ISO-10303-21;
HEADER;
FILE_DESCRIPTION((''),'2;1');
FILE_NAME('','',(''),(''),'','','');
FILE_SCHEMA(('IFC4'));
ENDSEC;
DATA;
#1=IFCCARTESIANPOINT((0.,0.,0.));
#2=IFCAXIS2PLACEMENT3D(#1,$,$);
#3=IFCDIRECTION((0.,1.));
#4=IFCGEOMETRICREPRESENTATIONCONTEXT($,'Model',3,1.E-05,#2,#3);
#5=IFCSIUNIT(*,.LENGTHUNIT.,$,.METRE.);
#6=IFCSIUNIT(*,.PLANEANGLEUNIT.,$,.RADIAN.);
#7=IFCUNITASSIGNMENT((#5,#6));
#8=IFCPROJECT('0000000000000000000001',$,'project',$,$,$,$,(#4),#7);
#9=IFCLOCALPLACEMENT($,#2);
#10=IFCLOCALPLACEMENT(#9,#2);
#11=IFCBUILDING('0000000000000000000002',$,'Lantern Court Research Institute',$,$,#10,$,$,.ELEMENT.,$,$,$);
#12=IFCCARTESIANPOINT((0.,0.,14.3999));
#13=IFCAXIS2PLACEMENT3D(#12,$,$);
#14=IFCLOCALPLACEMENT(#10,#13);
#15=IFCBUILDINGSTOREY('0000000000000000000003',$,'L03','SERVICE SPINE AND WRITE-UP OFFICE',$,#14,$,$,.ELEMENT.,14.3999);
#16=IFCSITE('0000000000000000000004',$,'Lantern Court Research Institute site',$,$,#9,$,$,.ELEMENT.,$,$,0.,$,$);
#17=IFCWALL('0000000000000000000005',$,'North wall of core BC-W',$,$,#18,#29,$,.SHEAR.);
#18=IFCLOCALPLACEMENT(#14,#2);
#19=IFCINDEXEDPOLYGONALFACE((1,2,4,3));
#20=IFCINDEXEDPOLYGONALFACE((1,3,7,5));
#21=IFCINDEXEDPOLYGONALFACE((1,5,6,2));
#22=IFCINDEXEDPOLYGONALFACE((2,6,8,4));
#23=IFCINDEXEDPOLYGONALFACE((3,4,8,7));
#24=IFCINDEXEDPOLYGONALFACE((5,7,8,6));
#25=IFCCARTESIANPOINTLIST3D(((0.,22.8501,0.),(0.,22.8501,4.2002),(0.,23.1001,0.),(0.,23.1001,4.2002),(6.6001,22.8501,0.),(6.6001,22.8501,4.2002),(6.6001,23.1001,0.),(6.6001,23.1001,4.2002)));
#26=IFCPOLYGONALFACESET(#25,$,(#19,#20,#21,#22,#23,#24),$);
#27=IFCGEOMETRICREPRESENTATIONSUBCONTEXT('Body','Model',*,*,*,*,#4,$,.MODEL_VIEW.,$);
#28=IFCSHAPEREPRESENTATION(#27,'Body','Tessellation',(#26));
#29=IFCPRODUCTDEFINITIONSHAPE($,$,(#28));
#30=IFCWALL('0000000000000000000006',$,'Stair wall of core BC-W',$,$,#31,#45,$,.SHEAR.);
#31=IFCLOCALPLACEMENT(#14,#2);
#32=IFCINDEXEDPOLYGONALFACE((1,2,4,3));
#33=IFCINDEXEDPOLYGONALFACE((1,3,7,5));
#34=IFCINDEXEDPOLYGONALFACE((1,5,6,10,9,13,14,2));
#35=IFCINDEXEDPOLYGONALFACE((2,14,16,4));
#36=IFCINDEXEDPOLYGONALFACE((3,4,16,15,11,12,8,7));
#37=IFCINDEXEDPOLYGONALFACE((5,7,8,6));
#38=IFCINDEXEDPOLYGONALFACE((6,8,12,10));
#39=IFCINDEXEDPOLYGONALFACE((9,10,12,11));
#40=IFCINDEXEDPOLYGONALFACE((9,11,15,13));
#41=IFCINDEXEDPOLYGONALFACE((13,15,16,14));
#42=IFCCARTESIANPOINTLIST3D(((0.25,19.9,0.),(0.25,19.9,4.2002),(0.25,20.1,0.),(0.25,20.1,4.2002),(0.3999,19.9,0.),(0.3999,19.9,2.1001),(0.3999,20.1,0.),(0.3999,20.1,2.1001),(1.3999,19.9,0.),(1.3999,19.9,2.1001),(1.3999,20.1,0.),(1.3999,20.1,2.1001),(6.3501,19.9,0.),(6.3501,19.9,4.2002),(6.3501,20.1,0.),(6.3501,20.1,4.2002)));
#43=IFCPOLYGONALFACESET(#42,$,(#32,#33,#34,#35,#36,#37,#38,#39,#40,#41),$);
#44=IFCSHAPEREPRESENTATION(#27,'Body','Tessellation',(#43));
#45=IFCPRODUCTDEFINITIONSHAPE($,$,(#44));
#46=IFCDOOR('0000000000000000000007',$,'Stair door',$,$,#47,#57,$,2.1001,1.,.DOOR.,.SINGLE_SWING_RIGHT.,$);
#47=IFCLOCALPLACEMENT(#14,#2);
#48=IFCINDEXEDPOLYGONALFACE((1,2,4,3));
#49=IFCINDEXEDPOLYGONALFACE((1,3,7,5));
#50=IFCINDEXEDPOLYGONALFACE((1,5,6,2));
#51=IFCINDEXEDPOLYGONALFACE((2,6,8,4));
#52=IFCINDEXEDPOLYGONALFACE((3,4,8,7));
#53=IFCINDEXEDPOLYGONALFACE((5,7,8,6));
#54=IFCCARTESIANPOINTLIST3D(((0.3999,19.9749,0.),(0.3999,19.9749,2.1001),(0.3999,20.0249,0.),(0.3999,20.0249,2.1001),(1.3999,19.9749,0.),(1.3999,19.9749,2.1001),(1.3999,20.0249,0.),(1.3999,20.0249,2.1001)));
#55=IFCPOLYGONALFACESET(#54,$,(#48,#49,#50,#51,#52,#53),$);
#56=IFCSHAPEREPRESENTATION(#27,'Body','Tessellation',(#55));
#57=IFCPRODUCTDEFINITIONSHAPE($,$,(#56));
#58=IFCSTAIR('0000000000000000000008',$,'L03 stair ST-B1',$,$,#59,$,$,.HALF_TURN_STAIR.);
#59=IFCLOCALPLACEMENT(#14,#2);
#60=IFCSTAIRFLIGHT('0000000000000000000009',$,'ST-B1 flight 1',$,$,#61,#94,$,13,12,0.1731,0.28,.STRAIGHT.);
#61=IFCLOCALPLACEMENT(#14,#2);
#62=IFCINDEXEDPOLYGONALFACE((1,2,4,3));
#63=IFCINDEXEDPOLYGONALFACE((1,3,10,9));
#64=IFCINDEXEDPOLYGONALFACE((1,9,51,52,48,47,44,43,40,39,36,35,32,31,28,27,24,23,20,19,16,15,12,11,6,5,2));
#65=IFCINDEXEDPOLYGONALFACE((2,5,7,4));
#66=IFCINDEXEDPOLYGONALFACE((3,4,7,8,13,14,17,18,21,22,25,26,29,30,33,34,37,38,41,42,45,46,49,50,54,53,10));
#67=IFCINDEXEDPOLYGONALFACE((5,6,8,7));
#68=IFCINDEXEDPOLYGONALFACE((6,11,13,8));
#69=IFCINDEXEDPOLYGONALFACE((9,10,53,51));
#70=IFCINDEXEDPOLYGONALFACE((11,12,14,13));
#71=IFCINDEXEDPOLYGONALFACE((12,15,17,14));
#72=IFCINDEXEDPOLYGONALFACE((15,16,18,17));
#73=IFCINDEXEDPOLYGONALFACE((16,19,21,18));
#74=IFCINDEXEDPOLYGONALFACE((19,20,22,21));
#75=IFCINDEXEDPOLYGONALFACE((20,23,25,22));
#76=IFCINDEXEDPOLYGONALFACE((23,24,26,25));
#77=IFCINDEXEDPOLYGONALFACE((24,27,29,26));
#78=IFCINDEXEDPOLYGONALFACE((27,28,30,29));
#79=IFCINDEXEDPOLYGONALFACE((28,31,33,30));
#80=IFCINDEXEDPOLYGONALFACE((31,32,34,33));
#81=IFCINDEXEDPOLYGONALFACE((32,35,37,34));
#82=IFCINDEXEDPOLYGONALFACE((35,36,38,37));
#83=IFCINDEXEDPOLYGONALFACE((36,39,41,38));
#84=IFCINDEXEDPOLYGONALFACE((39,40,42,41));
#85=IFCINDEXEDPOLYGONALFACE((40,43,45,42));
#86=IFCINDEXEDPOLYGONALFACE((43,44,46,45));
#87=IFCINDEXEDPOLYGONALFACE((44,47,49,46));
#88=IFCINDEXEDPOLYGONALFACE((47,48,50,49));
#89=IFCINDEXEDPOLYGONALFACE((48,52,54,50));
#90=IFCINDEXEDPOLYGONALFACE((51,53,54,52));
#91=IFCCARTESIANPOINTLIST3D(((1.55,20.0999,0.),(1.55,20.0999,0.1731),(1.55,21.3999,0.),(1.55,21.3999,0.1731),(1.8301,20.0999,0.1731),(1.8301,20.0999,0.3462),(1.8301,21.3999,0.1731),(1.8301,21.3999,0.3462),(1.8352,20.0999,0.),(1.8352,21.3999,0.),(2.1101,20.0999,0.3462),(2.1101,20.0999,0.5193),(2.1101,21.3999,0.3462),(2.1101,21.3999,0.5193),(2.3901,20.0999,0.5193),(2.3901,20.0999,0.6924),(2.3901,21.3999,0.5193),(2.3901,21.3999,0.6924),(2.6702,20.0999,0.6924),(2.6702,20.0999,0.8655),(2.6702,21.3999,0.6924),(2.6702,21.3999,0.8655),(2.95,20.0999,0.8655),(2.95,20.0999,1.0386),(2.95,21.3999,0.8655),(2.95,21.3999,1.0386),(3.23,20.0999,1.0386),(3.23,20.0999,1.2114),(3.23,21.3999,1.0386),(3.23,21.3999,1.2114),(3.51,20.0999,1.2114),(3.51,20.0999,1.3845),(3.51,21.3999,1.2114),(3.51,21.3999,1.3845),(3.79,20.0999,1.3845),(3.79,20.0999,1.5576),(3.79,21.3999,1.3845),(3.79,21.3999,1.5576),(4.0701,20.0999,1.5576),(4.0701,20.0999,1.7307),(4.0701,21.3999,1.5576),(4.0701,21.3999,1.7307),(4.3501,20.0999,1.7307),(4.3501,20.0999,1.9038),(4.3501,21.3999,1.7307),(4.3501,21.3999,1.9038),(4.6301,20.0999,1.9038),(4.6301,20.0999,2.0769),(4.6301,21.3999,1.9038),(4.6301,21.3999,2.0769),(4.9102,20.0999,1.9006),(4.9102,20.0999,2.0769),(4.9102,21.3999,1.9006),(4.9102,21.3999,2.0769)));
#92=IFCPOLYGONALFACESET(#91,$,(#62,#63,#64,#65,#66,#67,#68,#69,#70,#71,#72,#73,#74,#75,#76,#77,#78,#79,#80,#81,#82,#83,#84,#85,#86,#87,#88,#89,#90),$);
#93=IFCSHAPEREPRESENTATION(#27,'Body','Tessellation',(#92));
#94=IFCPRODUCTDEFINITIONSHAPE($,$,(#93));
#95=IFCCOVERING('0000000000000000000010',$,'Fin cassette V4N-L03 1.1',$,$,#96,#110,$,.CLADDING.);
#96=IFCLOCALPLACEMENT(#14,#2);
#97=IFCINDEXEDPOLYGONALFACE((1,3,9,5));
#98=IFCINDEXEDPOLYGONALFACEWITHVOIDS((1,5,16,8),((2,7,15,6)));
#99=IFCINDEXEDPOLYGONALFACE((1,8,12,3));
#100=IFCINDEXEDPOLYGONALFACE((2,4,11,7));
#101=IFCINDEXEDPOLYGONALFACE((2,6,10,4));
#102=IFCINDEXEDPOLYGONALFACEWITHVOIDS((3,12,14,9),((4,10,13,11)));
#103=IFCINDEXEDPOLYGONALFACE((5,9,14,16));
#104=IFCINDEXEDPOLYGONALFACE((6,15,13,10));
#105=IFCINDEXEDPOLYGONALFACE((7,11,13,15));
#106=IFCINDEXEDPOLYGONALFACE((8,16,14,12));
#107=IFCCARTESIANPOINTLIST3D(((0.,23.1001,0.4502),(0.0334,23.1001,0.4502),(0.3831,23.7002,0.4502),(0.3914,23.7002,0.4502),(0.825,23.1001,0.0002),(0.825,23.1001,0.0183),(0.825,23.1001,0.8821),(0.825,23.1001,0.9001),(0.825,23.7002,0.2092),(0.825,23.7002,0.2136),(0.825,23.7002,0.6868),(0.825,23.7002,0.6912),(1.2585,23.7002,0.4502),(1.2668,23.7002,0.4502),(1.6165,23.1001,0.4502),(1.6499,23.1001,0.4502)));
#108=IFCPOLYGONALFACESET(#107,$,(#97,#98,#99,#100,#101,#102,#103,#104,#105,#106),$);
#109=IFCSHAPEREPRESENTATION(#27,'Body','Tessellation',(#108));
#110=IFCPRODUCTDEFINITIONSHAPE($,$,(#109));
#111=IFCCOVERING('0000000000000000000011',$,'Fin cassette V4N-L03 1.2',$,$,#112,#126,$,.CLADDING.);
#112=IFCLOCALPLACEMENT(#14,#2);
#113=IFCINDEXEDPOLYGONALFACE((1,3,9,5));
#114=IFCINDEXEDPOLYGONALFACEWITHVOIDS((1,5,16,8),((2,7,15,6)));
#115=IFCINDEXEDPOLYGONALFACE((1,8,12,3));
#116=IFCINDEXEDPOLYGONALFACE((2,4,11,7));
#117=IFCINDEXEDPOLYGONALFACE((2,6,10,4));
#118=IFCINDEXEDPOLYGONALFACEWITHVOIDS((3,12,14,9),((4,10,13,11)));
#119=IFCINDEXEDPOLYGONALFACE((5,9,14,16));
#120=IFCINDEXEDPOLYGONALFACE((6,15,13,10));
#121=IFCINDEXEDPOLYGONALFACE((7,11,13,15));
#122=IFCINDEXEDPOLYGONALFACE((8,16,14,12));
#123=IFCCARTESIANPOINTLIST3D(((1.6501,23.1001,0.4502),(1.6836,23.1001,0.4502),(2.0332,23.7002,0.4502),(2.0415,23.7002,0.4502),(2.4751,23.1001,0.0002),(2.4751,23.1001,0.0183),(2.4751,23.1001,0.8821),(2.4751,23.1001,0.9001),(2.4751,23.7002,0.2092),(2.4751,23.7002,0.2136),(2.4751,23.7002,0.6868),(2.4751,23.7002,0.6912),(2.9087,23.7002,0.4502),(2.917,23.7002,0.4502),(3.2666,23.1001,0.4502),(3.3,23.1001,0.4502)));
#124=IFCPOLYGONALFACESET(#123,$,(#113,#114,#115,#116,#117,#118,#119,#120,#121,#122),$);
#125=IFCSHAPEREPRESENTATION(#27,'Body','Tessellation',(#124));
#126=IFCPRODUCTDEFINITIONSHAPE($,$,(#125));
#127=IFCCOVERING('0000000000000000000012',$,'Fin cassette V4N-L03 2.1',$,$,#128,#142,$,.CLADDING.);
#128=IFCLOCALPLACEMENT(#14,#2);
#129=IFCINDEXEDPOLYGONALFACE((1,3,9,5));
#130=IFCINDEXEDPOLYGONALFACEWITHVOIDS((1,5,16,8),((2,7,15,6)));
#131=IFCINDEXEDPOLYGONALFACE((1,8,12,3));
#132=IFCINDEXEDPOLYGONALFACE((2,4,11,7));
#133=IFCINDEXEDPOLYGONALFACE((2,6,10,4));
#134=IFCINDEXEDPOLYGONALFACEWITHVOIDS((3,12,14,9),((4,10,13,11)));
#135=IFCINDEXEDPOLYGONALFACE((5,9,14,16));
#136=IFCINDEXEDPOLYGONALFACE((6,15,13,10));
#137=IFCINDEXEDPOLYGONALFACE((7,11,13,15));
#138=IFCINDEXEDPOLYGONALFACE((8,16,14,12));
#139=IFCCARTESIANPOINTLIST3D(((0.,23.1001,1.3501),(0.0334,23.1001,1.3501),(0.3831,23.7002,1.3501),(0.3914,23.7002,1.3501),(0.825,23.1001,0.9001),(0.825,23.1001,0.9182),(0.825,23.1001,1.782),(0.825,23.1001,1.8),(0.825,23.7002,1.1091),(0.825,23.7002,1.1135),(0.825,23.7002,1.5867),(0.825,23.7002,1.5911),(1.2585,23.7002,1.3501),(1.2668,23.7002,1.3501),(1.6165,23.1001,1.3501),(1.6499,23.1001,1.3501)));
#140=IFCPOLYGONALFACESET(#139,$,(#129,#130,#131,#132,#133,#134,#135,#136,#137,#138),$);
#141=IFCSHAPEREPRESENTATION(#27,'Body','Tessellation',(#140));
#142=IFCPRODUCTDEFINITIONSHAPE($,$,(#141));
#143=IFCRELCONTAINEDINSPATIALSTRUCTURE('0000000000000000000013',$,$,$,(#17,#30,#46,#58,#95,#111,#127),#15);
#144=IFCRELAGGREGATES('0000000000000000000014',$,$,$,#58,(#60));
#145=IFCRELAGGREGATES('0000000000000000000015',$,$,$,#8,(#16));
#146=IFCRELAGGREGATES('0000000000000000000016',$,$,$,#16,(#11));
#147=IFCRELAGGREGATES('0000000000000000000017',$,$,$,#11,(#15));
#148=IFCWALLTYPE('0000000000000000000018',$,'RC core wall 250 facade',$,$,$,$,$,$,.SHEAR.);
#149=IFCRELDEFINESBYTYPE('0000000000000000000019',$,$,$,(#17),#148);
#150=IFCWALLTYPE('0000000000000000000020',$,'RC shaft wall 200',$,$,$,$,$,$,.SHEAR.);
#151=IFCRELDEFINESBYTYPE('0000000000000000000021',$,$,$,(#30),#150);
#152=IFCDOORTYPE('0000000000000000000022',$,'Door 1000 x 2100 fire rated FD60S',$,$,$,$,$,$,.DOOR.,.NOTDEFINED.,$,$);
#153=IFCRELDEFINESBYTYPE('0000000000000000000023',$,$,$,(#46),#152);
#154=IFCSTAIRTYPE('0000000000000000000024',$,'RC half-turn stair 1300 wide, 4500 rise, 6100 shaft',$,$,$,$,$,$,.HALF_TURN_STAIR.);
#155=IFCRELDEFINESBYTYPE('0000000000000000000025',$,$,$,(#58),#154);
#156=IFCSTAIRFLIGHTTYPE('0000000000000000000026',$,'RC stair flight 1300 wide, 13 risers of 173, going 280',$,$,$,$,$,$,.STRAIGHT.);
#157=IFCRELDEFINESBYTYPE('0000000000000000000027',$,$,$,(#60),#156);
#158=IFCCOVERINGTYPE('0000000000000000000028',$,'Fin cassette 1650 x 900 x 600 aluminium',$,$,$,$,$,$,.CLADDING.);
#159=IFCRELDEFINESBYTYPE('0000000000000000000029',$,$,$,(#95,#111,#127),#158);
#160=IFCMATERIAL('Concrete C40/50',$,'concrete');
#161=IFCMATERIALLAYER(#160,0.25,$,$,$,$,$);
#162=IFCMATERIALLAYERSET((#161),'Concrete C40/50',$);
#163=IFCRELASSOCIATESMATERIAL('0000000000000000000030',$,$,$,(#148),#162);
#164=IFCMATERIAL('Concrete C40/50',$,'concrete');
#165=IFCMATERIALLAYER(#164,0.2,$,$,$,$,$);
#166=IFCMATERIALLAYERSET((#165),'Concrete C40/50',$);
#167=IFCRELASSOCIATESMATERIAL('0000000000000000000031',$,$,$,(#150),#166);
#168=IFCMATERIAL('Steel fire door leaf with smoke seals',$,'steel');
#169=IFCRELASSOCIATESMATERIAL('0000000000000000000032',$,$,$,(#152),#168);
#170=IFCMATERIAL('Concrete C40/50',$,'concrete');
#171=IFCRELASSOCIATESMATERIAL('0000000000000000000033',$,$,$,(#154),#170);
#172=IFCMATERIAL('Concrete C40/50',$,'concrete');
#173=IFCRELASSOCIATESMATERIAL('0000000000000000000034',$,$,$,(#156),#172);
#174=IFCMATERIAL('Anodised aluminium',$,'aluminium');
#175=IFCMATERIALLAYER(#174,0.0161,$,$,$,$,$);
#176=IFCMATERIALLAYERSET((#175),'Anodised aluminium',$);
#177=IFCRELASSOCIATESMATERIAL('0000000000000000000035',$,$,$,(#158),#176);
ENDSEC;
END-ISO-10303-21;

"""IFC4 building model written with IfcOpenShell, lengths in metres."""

from ifc_helpers import new_model, entity, si_unit, direction, frame, frame_2d, origin, place, context, subcontext, project, spatial, polyline, rectangle, outline, extrude, material, layer, layer_set, type_object, element, fill, aggregate, save


model = new_model("IFC4")

# Units and contexts
model_context = context("Model", 3, precision=1e-05, world=origin(), true_north=direction((0.0, 1.0)))
body_context = subcontext(model_context, "Body", "Model", "MODEL_VIEW")
ifc_project = project(units=[si_unit("LENGTHUNIT", "METRE"), si_unit("PLANEANGLEUNIT", "RADIAN")], contexts=[model_context])

# Site, building, storey
site_placement = place(None, origin())
site = spatial("IfcSite", under=ifc_project, at=site_placement, Name="Lantern Court Research Institute site", CompositionType="ELEMENT", RefElevation=0.0)
building_placement = place(site_placement, origin())
building = spatial("IfcBuilding", under=site, at=building_placement, Name="Lantern Court Research Institute", CompositionType="ELEMENT")
storey_placement = place(building_placement, frame((0.0, 0.0, 14.3999)))
storey = spatial("IfcBuildingStorey", under=building, at=storey_placement, Name="L03", Description="SERVICE SPINE AND WRITE-UP OFFICE", CompositionType="ELEMENT", Elevation=14.3999)

# Wall
ifc_material_1 = material(Name="Concrete C40/50", Category="concrete")
ifc_layer_1 = layer(ifc_material_1, 0.25)
ifc_layer_set_1 = layer_set([ifc_layer_1], Name="Concrete C40/50")
wall_type_1 = type_object("IfcWallType", Name="RC core wall 250 facade", PredefinedType="SHEAR", material=ifc_layer_set_1)
wall_1_placement = place(storey_placement, frame((0.0, 22.9751, 0.0), z_axis=(0.0, 0.0, 1.0), x_axis=(1.0, 0.0, 0.0)))
element("IfcWall", 1, at=wall_1_placement, inside=storey, type_object=wall_type_1, Name="North wall of core BC-W", PredefinedType="SHEAR", context=body_context, shape_type="SweptSolid", body=[
    extrude(rectangle(XDim=6.6001, YDim=0.25, at=frame_2d((3.3, 0.0))), origin(), (0.0, 0.0, 1.0), 4.2002),
])

# Wall, opening, door
ifc_material_2 = material(Name="Concrete C40/50", Category="concrete")
ifc_layer_2 = layer(ifc_material_2, 0.2)
ifc_layer_set_2 = layer_set([ifc_layer_2], Name="Concrete C40/50")
wall_type_2 = type_object("IfcWallType", Name="RC shaft wall 200", PredefinedType="SHEAR", material=ifc_layer_set_2)
wall_2_placement = place(storey_placement, frame((0.25, 20.0, 0.0), z_axis=(0.0, 0.0, 1.0), x_axis=(1.0, 0.0, 0.0)))
wall_2 = element("IfcWall", 2, at=wall_2_placement, inside=storey, type_object=wall_type_2, Name="Stair wall of core BC-W", PredefinedType="SHEAR", context=body_context, shape_type="SweptSolid", body=[
    extrude(rectangle(XDim=6.1001, YDim=0.2, at=frame_2d((3.05, 0.0))), origin(), (0.0, 0.0, 1.0), 4.2002),
])
opening_placement = place(wall_2_placement, frame((0.1499, 0.0, 0.0)))
opening = element("IfcOpeningElement", 3, at=opening_placement, cuts=wall_2, PredefinedType="OPENING", context=body_context, shape_type="SweptSolid", body=[
    extrude(rectangle(XDim=1.0, YDim=2.1001, at=frame_2d((0.5, 1.05))), frame((0.0, 0.1099, 0.0), z_axis=(0.0, -1.0, 0.0), x_axis=(1.0, 0.0, 0.0)), (0.0, 0.0, 1.0), 0.22),
])
ifc_material_3 = material(Name="Steel fire door leaf with smoke seals", Category="steel")
door_type = type_object("IfcDoorType", Name="Door 1000 x 2100 fire rated FD60S", OperationType="NOTDEFINED", PredefinedType="DOOR", material=ifc_material_3)
door_placement = place(opening_placement, origin())
door = element("IfcDoor", 4, at=door_placement, inside=storey, type_object=door_type, Name="Stair door", OperationType="SINGLE_SWING_RIGHT", OverallHeight=2.1001, OverallWidth=1.0, PredefinedType="DOOR", context=body_context, shape_type="SweptSolid", body=[
    extrude(rectangle(XDim=1.0, YDim=2.1001, at=frame_2d((0.5, 1.05))), frame((0.0, 0.0249, 0.0), z_axis=(0.0, -1.0, 0.0), x_axis=(1.0, 0.0, 0.0)), (0.0, 0.0, 1.0), 0.05),
])
fill(opening, door)

# Stair, stair flight
ifc_material_4 = material(Name="Concrete C40/50", Category="concrete")
stair_type = type_object("IfcStairType", Name="RC half-turn stair 1300 wide, 4500 rise, 6100 shaft", PredefinedType="HALF_TURN_STAIR", material=ifc_material_4)
stair_placement = place(storey_placement, origin())
stair = element("IfcStair", 5, at=stair_placement, inside=storey, type_object=stair_type, Name="L03 stair ST-B1", PredefinedType="HALF_TURN_STAIR")
ifc_material_5 = material(Name="Concrete C40/50", Category="concrete")
stair_flight_type = type_object("IfcStairFlightType", Name="RC stair flight 1300 wide, 13 risers of 173, going 280", PredefinedType="STRAIGHT", material=ifc_material_5)
stair_flight_placement = place(storey_placement, frame((1.55, 20.75, 0.0), z_axis=(0.0, 0.0, 1.0), x_axis=(1.0, 0.0, 0.0)))
stair_flight = element("IfcStairFlight", 6, at=stair_flight_placement, type_object=stair_flight_type, Name="ST-B1 flight 1", NumberOfRisers=13, NumberOfTreads=12, PredefinedType="STRAIGHT", RiserHeight=0.1731, TreadLength=0.28, context=body_context, shape_type="SweptSolid", body=[
    extrude(outline(polyline([(0.0, 0.0), (0.0, 0.1731), (0.28, 0.1731), (0.28, 0.3462), (0.5601, 0.3462), (0.5601, 0.5193), (0.8401, 0.5193), (0.8401, 0.6924), (1.1201, 0.6924), (1.1201, 0.8655), (1.3999, 0.8655), (1.3999, 1.0386), (1.6799, 1.0386), (1.6799, 1.2114), (1.96, 1.2114), (1.96, 1.3845), (2.24, 1.3845), (2.24, 1.5576), (2.52, 1.5576), (2.52, 1.7307), (2.8, 1.7307), (2.8, 1.9038), (3.0801, 1.9038), (3.0801, 2.0769), (3.3601, 2.0769), (3.3601, 2.25), (3.3601, 1.9006), (0.2852, 0.0), (0.0, 0.0)])), frame((0.0, 0.6499, 0.0), z_axis=(0.0, -1.0, 0.0), x_axis=(1.0, 0.0, 0.0)), (0.0, 0.0, 1.0), 1.3),
])
aggregate(stair, [stair_flight])

# Coverings
ifc_material_6 = material(Name="Anodised aluminium", Category="aluminium")
ifc_layer_3 = layer(ifc_material_6, 0.0161)
ifc_layer_set_3 = layer_set([ifc_layer_3], Name="Anodised aluminium")
covering_type = type_object("IfcCoveringType", Name="Fin cassette 1650 x 900 x 600 aluminium", PredefinedType="CLADDING", material=ifc_layer_set_3)
covering_1_placement = place(storey_placement, frame((0.825, 23.1001, 0.4502), z_axis=(0.0, 1.0, 0.0), x_axis=(-1.0, 0.0, 0.0)))
cartesian_point_1 = entity("IfcCartesianPoint", [0.825, 0.0])
cartesian_point_2 = entity("IfcCartesianPoint", [0.7915, 0.0])
cartesian_point_3 = entity("IfcCartesianPoint", [0.4419, 0.0])
cartesian_point_4 = entity("IfcCartesianPoint", [0.4336, 0.0])
element("IfcCovering", 7, at=covering_1_placement, inside=storey, type_object=covering_type, Name="Fin cassette V4N-L03 1.1", PredefinedType="CLADDING", context=body_context, shape_type="SweptSolid", body=[
    entity("IfcExtrudedAreaSolidTapered", entity("IfcArbitraryProfileDefWithVoids", "AREA", None, entity("IfcPolyline", [cartesian_point_1, entity("IfcCartesianPoint", [0.0, 0.45]), entity("IfcCartesianPoint", [-0.825, 0.0]), entity("IfcCartesianPoint", [0.0, -0.45]), cartesian_point_1]), [entity("IfcPolyline", [cartesian_point_2, entity("IfcCartesianPoint", [0.0, 0.4319]), entity("IfcCartesianPoint", [-0.7915, 0.0]), entity("IfcCartesianPoint", [0.0, -0.4319]), cartesian_point_2])]), entity("IfcAxis2Placement3D", entity("IfcCartesianPoint", [0.0, 0.0, 0.0])), entity("IfcDirection", [0.0, 0.0, 1.0]), 0.6001, entity("IfcArbitraryProfileDefWithVoids", "AREA", None, entity("IfcPolyline", [cartesian_point_3, entity("IfcCartesianPoint", [0.0, 0.241]), entity("IfcCartesianPoint", [-0.4419, 0.0]), entity("IfcCartesianPoint", [0.0, -0.241]), cartesian_point_3]), [entity("IfcPolyline", [cartesian_point_4, entity("IfcCartesianPoint", [0.0, 0.2366]), entity("IfcCartesianPoint", [-0.4336, 0.0]), entity("IfcCartesianPoint", [0.0, -0.2366]), cartesian_point_4])])),
])
covering_2_placement = place(storey_placement, frame((2.4751, 23.1001, 0.4502), z_axis=(0.0, 1.0, 0.0), x_axis=(-1.0, 0.0, 0.0)))
cartesian_point_5 = entity("IfcCartesianPoint", [0.825, 0.0])
cartesian_point_6 = entity("IfcCartesianPoint", [0.7915, 0.0])
cartesian_point_7 = entity("IfcCartesianPoint", [0.4419, 0.0])
cartesian_point_8 = entity("IfcCartesianPoint", [0.4336, 0.0])
element("IfcCovering", 8, at=covering_2_placement, inside=storey, type_object=covering_type, Name="Fin cassette V4N-L03 1.2", PredefinedType="CLADDING", context=body_context, shape_type="SweptSolid", body=[
    entity("IfcExtrudedAreaSolidTapered", entity("IfcArbitraryProfileDefWithVoids", "AREA", None, entity("IfcPolyline", [cartesian_point_5, entity("IfcCartesianPoint", [0.0, 0.45]), entity("IfcCartesianPoint", [-0.825, 0.0]), entity("IfcCartesianPoint", [0.0, -0.45]), cartesian_point_5]), [entity("IfcPolyline", [cartesian_point_6, entity("IfcCartesianPoint", [0.0, 0.4319]), entity("IfcCartesianPoint", [-0.7915, 0.0]), entity("IfcCartesianPoint", [0.0, -0.4319]), cartesian_point_6])]), entity("IfcAxis2Placement3D", entity("IfcCartesianPoint", [0.0, 0.0, 0.0])), entity("IfcDirection", [0.0, 0.0, 1.0]), 0.6001, entity("IfcArbitraryProfileDefWithVoids", "AREA", None, entity("IfcPolyline", [cartesian_point_7, entity("IfcCartesianPoint", [0.0, 0.241]), entity("IfcCartesianPoint", [-0.4419, 0.0]), entity("IfcCartesianPoint", [0.0, -0.241]), cartesian_point_7]), [entity("IfcPolyline", [cartesian_point_8, entity("IfcCartesianPoint", [0.0, 0.2366]), entity("IfcCartesianPoint", [-0.4336, 0.0]), entity("IfcCartesianPoint", [0.0, -0.2366]), cartesian_point_8])])),
])
covering_3_placement = place(storey_placement, frame((0.825, 23.1001, 1.3501), z_axis=(0.0, 1.0, 0.0), x_axis=(-1.0, 0.0, 0.0)))
cartesian_point_9 = entity("IfcCartesianPoint", [0.825, 0.0])
cartesian_point_10 = entity("IfcCartesianPoint", [0.7915, 0.0])
cartesian_point_11 = entity("IfcCartesianPoint", [0.4419, 0.0])
cartesian_point_12 = entity("IfcCartesianPoint", [0.4336, 0.0])
element("IfcCovering", 9, at=covering_3_placement, inside=storey, type_object=covering_type, Name="Fin cassette V4N-L03 2.1", PredefinedType="CLADDING", context=body_context, shape_type="SweptSolid", body=[
    entity("IfcExtrudedAreaSolidTapered", entity("IfcArbitraryProfileDefWithVoids", "AREA", None, entity("IfcPolyline", [cartesian_point_9, entity("IfcCartesianPoint", [0.0, 0.45]), entity("IfcCartesianPoint", [-0.825, 0.0]), entity("IfcCartesianPoint", [0.0, -0.45]), cartesian_point_9]), [entity("IfcPolyline", [cartesian_point_10, entity("IfcCartesianPoint", [0.0, 0.4319]), entity("IfcCartesianPoint", [-0.7915, 0.0]), entity("IfcCartesianPoint", [0.0, -0.4319]), cartesian_point_10])]), entity("IfcAxis2Placement3D", entity("IfcCartesianPoint", [0.0, 0.0, 0.0])), entity("IfcDirection", [0.0, 0.0, 1.0]), 0.6001, entity("IfcArbitraryProfileDefWithVoids", "AREA", None, entity("IfcPolyline", [cartesian_point_11, entity("IfcCartesianPoint", [0.0, 0.241]), entity("IfcCartesianPoint", [-0.4419, 0.0]), entity("IfcCartesianPoint", [0.0, -0.241]), cartesian_point_11]), [entity("IfcPolyline", [cartesian_point_12, entity("IfcCartesianPoint", [0.0, 0.2366]), entity("IfcCartesianPoint", [-0.4336, 0.0]), entity("IfcCartesianPoint", [0.0, -0.2366]), cartesian_point_12])])),
])

save(model, "model.ifc")
